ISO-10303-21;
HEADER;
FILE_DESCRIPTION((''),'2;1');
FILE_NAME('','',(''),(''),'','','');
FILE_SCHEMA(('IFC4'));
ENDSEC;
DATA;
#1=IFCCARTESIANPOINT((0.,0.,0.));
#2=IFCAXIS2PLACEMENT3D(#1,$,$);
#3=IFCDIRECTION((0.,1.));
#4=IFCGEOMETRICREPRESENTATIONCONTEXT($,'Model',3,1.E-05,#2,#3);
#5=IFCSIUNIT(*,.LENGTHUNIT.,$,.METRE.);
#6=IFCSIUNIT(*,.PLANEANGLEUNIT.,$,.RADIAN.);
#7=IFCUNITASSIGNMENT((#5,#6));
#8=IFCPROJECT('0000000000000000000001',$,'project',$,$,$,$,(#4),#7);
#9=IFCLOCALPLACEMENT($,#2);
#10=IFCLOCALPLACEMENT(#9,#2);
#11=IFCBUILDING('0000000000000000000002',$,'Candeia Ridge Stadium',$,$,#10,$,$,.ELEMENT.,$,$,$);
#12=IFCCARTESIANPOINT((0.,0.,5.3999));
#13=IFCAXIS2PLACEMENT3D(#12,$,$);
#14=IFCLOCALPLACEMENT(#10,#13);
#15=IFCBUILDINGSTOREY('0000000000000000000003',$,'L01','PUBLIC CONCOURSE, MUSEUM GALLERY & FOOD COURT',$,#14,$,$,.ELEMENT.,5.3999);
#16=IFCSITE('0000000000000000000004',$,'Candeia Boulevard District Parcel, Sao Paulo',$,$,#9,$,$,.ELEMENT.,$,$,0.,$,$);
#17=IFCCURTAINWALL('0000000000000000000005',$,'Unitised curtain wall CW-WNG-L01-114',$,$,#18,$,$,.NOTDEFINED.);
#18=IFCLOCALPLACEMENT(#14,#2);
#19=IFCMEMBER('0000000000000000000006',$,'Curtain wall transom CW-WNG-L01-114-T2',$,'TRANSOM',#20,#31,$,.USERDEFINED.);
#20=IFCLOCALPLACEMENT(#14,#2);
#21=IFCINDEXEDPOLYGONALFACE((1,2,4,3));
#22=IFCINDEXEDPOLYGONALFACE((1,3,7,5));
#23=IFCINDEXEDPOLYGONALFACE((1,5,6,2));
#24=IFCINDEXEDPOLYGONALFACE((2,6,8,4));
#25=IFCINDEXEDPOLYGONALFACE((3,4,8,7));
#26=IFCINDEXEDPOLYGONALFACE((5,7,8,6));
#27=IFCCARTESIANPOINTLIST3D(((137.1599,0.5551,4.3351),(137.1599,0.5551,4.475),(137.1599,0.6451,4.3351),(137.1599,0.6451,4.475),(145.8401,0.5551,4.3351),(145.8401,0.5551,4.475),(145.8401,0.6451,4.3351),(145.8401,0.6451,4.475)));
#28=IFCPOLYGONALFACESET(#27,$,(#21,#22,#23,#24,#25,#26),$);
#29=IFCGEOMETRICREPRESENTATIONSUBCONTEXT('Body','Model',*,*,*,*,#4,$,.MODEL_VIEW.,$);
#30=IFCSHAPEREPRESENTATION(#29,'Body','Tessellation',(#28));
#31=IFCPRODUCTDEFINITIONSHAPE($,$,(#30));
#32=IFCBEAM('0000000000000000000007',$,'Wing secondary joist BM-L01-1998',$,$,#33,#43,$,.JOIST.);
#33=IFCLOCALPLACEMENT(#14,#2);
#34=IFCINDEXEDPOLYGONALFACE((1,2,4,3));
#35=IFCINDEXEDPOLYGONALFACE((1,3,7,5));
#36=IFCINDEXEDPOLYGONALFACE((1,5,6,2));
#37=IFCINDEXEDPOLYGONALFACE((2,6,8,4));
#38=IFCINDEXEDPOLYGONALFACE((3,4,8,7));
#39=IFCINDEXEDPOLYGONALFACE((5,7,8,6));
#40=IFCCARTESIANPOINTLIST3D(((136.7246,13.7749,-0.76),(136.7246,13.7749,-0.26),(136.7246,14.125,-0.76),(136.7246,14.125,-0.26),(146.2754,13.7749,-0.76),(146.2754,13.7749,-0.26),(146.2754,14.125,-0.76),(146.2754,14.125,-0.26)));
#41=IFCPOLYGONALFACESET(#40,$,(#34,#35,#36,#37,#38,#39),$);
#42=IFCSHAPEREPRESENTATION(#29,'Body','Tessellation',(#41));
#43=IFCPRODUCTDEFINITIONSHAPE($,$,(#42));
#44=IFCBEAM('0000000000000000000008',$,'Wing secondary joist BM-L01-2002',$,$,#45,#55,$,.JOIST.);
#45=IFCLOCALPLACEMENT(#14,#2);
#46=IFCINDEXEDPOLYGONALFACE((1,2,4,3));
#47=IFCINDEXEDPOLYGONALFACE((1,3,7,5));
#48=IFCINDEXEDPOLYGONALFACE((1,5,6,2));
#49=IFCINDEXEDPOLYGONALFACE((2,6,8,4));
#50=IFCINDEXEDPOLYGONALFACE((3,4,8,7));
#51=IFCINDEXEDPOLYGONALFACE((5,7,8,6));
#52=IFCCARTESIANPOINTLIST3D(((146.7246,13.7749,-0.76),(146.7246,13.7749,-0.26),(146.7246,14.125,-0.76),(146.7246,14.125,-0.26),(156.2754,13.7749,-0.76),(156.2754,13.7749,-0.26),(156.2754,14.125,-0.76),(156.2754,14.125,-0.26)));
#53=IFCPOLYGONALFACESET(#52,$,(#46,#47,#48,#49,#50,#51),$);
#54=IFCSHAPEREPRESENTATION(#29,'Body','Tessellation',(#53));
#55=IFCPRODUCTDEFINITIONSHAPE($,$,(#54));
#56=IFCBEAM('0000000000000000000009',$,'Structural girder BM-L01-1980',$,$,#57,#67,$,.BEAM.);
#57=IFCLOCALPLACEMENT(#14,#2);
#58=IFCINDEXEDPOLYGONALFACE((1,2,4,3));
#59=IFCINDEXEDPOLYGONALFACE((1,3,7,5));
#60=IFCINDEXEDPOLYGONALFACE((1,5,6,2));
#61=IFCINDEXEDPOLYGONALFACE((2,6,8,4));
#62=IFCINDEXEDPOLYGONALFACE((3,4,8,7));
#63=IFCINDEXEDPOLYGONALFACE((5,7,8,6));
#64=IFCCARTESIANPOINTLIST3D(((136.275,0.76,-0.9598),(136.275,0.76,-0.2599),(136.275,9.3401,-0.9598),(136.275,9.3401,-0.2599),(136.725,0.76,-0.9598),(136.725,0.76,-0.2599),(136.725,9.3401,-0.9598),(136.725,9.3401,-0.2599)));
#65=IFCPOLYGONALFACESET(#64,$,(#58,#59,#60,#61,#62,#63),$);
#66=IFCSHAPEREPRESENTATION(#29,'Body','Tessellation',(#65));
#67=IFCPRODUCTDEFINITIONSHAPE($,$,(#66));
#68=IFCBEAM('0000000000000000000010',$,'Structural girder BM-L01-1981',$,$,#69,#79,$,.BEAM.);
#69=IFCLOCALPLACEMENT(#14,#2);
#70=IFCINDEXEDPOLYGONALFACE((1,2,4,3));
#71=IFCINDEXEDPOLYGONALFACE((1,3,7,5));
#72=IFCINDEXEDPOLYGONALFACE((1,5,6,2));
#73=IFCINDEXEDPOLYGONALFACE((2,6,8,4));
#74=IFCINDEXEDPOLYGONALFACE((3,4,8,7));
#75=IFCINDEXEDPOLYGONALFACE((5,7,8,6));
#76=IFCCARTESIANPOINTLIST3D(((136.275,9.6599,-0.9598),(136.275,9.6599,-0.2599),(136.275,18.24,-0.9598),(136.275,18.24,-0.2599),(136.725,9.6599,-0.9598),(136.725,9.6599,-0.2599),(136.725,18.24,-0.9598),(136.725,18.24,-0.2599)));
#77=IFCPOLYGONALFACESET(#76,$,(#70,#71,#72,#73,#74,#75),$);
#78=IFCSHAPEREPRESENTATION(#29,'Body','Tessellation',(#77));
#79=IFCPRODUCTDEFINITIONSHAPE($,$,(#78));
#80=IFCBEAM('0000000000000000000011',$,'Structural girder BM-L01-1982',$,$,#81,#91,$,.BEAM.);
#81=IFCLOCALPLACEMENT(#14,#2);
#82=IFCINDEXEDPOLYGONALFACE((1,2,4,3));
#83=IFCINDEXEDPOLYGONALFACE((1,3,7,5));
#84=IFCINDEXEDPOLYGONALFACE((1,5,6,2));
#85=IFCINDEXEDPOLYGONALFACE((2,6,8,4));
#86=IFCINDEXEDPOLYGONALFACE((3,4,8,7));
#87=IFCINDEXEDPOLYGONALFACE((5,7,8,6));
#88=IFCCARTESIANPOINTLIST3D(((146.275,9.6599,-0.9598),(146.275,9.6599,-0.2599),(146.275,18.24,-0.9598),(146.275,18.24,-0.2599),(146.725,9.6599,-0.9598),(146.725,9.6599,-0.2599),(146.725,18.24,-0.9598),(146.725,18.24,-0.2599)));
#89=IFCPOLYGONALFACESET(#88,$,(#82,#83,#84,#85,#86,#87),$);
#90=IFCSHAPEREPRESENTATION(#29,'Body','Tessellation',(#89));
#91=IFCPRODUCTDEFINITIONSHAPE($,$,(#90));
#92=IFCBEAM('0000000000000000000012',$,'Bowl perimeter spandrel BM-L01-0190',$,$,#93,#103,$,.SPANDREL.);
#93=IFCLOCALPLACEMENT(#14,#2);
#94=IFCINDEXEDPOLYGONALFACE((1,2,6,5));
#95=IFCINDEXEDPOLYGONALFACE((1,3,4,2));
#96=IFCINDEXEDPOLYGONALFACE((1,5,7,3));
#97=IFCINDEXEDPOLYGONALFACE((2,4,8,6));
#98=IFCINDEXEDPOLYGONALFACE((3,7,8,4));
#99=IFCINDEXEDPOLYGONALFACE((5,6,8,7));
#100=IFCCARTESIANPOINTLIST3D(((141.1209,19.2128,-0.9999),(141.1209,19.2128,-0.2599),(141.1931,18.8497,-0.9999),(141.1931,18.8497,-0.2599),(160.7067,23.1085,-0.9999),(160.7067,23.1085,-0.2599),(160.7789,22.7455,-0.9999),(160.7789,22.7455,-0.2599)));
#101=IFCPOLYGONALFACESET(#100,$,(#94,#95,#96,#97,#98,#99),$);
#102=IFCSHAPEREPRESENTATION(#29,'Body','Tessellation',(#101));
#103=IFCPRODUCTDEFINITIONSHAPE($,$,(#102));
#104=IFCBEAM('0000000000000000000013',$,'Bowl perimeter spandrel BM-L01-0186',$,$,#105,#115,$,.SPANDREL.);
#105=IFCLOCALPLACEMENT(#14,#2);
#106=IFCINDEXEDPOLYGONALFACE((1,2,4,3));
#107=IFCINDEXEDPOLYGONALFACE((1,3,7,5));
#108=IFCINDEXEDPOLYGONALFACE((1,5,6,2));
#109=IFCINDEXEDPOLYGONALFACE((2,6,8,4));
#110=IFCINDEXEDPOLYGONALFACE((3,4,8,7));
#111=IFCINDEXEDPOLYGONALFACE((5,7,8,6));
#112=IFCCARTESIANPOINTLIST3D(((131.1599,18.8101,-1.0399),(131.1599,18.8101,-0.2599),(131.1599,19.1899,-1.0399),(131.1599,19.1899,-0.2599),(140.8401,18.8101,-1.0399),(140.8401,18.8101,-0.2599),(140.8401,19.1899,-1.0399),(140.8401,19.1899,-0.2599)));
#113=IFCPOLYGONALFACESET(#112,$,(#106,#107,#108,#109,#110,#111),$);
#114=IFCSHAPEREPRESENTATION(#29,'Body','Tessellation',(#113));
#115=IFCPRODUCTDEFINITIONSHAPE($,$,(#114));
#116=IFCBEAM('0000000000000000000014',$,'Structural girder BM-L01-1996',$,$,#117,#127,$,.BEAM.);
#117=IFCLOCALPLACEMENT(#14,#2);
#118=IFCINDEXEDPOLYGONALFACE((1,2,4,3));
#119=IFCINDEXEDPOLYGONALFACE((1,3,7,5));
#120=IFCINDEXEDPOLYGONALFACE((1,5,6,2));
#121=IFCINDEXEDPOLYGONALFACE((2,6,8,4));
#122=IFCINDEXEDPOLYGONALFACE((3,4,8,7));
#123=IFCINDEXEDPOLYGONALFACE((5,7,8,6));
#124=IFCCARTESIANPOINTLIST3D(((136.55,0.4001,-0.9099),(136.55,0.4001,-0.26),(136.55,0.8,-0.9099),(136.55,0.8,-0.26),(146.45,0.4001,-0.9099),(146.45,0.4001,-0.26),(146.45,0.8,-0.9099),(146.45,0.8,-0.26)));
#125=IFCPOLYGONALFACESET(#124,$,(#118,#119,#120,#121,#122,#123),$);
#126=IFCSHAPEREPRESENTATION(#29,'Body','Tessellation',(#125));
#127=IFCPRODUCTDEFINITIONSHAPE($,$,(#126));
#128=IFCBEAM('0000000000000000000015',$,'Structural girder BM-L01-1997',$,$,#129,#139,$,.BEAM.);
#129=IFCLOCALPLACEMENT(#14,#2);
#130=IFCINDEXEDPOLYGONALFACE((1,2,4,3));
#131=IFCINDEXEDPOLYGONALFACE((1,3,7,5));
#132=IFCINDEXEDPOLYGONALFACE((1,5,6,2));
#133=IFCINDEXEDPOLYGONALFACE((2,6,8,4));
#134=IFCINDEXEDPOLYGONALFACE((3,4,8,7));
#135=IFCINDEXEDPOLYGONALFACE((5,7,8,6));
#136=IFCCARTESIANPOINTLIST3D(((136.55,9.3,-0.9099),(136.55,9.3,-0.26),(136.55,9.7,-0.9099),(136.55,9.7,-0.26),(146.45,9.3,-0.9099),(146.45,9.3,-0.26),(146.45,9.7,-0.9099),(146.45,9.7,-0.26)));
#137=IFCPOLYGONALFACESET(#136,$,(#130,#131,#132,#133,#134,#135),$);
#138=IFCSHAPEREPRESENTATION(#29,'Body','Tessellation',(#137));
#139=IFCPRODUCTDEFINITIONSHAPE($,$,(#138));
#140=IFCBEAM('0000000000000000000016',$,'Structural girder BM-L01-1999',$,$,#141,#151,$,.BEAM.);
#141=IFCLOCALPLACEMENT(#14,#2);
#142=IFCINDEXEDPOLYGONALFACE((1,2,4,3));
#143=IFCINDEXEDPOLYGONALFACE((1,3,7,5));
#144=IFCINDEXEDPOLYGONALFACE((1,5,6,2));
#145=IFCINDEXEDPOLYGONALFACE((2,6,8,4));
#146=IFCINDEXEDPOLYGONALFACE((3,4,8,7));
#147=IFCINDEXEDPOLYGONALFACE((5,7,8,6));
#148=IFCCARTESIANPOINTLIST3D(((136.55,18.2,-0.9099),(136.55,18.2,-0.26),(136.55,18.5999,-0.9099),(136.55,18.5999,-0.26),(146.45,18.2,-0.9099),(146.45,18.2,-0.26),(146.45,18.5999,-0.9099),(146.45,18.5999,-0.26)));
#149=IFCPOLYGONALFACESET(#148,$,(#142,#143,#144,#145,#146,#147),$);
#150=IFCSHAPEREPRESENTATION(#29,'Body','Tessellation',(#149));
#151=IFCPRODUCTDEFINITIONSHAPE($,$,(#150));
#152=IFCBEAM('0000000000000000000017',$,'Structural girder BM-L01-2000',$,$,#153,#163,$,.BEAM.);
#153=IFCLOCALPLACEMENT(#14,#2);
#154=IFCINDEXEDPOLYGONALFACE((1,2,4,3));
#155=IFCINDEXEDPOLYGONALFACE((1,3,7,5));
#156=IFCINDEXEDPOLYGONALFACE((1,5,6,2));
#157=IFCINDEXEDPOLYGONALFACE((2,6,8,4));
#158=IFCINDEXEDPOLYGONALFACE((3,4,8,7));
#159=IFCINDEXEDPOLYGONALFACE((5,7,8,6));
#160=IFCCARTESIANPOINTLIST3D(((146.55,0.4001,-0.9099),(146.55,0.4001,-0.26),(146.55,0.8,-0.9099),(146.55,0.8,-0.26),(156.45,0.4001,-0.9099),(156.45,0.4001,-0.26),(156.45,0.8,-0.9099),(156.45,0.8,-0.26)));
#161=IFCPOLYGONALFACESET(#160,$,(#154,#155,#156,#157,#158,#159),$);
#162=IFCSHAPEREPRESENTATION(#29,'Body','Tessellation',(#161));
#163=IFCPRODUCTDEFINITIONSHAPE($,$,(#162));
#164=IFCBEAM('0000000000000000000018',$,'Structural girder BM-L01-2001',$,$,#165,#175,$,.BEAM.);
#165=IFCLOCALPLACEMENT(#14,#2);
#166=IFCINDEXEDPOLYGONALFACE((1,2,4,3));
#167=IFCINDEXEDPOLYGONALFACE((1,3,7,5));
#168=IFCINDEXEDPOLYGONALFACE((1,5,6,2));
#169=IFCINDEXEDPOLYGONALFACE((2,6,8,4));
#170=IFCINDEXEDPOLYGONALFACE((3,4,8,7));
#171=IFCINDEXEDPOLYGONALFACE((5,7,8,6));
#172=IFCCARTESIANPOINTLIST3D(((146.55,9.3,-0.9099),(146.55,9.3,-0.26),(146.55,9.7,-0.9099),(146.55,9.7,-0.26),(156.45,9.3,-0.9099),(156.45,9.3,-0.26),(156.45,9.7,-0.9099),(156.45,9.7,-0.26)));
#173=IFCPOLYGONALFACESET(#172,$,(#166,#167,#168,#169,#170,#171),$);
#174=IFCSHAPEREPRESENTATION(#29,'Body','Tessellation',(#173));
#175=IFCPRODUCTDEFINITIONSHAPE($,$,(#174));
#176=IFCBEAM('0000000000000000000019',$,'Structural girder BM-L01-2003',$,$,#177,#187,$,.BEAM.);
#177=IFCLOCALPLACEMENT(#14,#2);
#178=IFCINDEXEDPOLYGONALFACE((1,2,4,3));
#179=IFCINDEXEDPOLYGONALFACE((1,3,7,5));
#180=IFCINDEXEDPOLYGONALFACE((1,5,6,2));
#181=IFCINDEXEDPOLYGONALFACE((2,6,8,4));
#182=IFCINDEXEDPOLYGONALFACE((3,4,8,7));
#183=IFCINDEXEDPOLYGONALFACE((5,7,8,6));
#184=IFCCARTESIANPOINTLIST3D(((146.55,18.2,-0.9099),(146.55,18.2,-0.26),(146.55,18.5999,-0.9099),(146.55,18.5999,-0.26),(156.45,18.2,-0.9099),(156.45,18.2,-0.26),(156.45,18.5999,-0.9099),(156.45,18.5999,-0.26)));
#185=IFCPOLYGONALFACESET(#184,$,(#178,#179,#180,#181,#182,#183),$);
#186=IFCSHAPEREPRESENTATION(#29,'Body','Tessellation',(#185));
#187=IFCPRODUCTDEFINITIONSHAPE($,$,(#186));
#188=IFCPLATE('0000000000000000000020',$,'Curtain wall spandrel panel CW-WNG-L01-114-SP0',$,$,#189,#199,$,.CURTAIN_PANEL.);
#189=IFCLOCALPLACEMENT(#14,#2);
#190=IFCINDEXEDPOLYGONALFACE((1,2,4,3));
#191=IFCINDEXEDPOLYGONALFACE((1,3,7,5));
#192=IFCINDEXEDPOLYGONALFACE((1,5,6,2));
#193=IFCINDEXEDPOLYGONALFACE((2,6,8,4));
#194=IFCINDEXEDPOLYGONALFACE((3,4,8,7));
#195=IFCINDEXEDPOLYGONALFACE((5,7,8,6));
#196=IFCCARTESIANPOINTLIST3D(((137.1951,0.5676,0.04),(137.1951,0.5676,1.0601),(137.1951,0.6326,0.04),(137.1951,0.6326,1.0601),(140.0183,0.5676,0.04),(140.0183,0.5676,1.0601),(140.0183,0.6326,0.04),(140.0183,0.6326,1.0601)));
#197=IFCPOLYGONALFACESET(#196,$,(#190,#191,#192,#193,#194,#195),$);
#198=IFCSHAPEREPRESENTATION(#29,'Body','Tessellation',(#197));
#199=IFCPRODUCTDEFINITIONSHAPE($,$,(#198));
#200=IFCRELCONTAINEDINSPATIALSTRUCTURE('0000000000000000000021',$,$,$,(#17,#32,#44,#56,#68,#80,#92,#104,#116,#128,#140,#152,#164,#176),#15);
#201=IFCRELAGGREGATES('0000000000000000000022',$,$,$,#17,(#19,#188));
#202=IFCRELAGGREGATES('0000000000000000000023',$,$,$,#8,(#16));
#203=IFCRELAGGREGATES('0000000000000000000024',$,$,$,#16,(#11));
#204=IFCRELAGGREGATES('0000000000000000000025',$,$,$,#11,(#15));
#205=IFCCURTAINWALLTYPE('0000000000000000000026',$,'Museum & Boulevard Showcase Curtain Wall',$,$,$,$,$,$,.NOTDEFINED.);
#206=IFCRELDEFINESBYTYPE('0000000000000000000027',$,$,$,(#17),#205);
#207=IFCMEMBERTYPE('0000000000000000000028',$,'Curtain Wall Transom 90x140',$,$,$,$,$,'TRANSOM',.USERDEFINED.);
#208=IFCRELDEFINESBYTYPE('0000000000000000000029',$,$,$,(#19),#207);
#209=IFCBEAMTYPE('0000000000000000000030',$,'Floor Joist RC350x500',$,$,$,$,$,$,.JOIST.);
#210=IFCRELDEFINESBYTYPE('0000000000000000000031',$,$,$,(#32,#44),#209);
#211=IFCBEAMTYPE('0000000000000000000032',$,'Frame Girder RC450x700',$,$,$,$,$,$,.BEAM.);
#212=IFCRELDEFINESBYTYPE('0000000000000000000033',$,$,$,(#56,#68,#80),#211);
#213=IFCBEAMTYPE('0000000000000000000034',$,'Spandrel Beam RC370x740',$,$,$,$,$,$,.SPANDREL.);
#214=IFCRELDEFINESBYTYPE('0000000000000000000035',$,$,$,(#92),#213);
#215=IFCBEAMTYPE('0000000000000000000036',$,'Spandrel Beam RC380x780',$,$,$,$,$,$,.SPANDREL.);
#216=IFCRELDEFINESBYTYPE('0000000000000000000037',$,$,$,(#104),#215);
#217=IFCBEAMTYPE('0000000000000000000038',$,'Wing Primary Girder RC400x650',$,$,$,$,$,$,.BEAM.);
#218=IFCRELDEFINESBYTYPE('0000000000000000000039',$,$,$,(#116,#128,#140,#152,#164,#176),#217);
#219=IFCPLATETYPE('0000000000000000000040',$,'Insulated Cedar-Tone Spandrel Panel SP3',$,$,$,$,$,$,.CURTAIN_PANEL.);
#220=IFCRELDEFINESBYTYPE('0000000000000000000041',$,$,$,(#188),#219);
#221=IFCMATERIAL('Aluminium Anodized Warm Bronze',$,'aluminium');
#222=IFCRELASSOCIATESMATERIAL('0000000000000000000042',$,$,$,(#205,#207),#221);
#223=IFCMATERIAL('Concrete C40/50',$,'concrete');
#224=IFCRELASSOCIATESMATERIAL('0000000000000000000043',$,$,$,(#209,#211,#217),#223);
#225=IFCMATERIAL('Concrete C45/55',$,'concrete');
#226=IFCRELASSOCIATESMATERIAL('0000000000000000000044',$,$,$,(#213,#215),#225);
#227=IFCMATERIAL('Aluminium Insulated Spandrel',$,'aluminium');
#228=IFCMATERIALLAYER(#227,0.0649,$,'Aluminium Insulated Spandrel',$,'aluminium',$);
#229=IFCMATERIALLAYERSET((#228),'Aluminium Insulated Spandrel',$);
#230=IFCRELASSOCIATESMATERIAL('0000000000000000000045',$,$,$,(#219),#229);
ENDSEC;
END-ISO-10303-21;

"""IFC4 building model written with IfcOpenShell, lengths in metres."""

from ifc_helpers import new_model, si_unit, direction, frame, origin, origin_2d, place, context, subcontext, project, spatial, rectangle, extrude, material, layer, layer_set, material_profile, profile_set, type_object, element, aggregate, save


model = new_model("IFC4")

# Units and contexts
model_context = context("Model", 3, precision=1e-05, world=origin(), true_north=direction((0.0, 1.0)))
body_context = subcontext(model_context, "Body", "Model", "MODEL_VIEW")
ifc_project = project(units=[si_unit("LENGTHUNIT", "METRE"), si_unit("PLANEANGLEUNIT", "RADIAN")], contexts=[model_context])

# Site, building, storey
site_placement = place(None, origin())
site = spatial("IfcSite", under=ifc_project, at=site_placement, Name="Candeia Boulevard District Parcel, Sao Paulo", CompositionType="ELEMENT", RefElevation=0.0)
building_placement = place(site_placement, origin())
building = spatial("IfcBuilding", under=site, at=building_placement, Name="Candeia Ridge Stadium", CompositionType="ELEMENT")
storey_placement = place(building_placement, frame((0.0, 0.0, 5.3999)))
storey = spatial("IfcBuildingStorey", under=building, at=storey_placement, Name="L01", Description="PUBLIC CONCOURSE, MUSEUM GALLERY & FOOD COURT", CompositionType="ELEMENT", Elevation=5.3999)

# Shared definitions
ifc_material_1 = material(Name="Concrete C40/50", Category="concrete")
ifc_material_2 = material(Name="Concrete C45/55", Category="concrete")

# Curtain wall
ifc_material_3 = material(Name="Aluminium Anodized Warm Bronze", Category="aluminium")
curtain_wall_type = type_object("IfcCurtainWallType", Name="Museum & Boulevard Showcase Curtain Wall", PredefinedType="NOTDEFINED", material=ifc_material_3)
curtain_wall_1_placement = place(storey_placement, origin())
curtain_wall_1 = element("IfcCurtainWall", 1, at=curtain_wall_1_placement, inside=storey, type_object=curtain_wall_type, Name="Unitised curtain wall CW-WNG-L01-114", PredefinedType="NOTDEFINED")

# Member
ifc_material_profile_1 = material_profile(ifc_material_3, rectangle(XDim=0.0901, YDim=0.1399, at=origin_2d()), Name="CWT-90x140", Category="aluminium")
ifc_profile_set_1 = profile_set([ifc_material_profile_1], Name="Aluminium Anodized Warm Bronze")
member_type_1 = type_object("IfcMemberType", Name="Curtain Wall Transom 90x140", ElementType="TRANSOM", PredefinedType="USERDEFINED", material=ifc_profile_set_1)
member_1_placement = place(storey_placement, frame((137.1599, 0.6001, 4.405), z_axis=(1.0, 0.0, 0.0), x_axis=(0.0, 1.0, 0.0)))
member_1 = element("IfcMember", 2, at=member_1_placement, type_object=member_type_1, Name="Curtain wall transom CW-WNG-L01-114-T2", ObjectType="TRANSOM", PredefinedType="USERDEFINED", context=body_context, shape_type="SweptSolid", body=[
    extrude(rectangle(XDim=0.0901, YDim=0.1399, at=origin_2d()), origin(), (0.0, 0.0, 1.0), 8.6802),
])

# Beams
ifc_material_profile_2 = material_profile(ifc_material_1, rectangle(XDim=0.3501, YDim=0.5, at=origin_2d()), Name="RC350x500", Category="concrete")
ifc_profile_set_2 = profile_set([ifc_material_profile_2], Name="Concrete C40/50")
beam_type_1 = type_object("IfcBeamType", Name="Floor Joist RC350x500", PredefinedType="JOIST", material=ifc_profile_set_2)
for number, where, z_axis, x_axis, name in (
    (3, (136.7246, 13.95, -0.51), (1.0, 0.0, 0.0), (0.0, 1.0, 0.0), "Wing secondary joist BM-L01-1998"),
    (4, (146.7246, 13.95, -0.51), (1.0, 0.0, 0.0), (0.0, 1.0, 0.0), "Wing secondary joist BM-L01-2002"),
):
    element("IfcBeam", number, at=place(storey_placement, frame(where, z_axis=z_axis, x_axis=x_axis)), inside=storey, type_object=beam_type_1, Name=name, PredefinedType="JOIST", context=body_context, shape_type="SweptSolid", body=[
        extrude(rectangle(XDim=0.3501, YDim=0.5, at=origin_2d()), origin(), (0.0, 0.0, 1.0), 9.5508),
    ])
ifc_material_profile_3 = material_profile(ifc_material_1, rectangle(XDim=0.45, YDim=0.7, at=origin_2d()), Name="RC450x700", Category="concrete")
ifc_profile_set_3 = profile_set([ifc_material_profile_3], Name="Concrete C40/50")
beam_type_2 = type_object("IfcBeamType", Name="Frame Girder RC450x700", PredefinedType="BEAM", material=ifc_profile_set_3)
for number, where, z_axis, x_axis, name in (
    (5, (136.5, 0.76, -0.6099), (0.0, 1.0, 0.0), (-1.0, 0.0, 0.0), "Structural girder BM-L01-1980"),
    (6, (136.5, 9.6599, -0.6099), (0.0, 1.0, 0.0), (-1.0, 0.0, 0.0), "Structural girder BM-L01-1981"),
    (7, (146.5, 9.6599, -0.6099), (0.0, 1.0, 0.0), (-1.0, 0.0, 0.0), "Structural girder BM-L01-1982"),
):
    element("IfcBeam", number, at=place(storey_placement, frame(where, z_axis=z_axis, x_axis=x_axis)), inside=storey, type_object=beam_type_2, Name=name, PredefinedType="BEAM", context=body_context, shape_type="SweptSolid", body=[
        extrude(rectangle(XDim=0.45, YDim=0.7, at=origin_2d()), origin(), (0.0, 0.0, 1.0), 8.5801),
    ])
ifc_material_profile_4 = material_profile(ifc_material_2, rectangle(XDim=0.3701, YDim=0.74, at=origin_2d()), Name="RC370x740", Category="concrete")
ifc_profile_set_4 = profile_set([ifc_material_profile_4], Name="Concrete C45/55")
beam_type_3 = type_object("IfcBeamType", Name="Spandrel Beam RC370x740", PredefinedType="SPANDREL", material=ifc_profile_set_4)
beam_1_placement = place(storey_placement, frame((141.157, 19.0312, -0.6299), z_axis=(0.980786, 0.195086, 0.0), x_axis=(-0.195086, 0.980786, 0.0)))
element("IfcBeam", 8, at=beam_1_placement, inside=storey, type_object=beam_type_3, Name="Bowl perimeter spandrel BM-L01-0190", PredefinedType="SPANDREL", context=body_context, shape_type="SweptSolid", body=[
    extrude(rectangle(XDim=0.3701, YDim=0.74, at=origin_2d()), origin(), (0.0, 0.0, 1.0), 19.9695),
])
ifc_material_profile_5 = material_profile(ifc_material_2, rectangle(XDim=0.3799, YDim=0.78, at=origin_2d()), Name="RC380x780", Category="concrete")
ifc_profile_set_5 = profile_set([ifc_material_profile_5], Name="Concrete C45/55")
beam_type_4 = type_object("IfcBeamType", Name="Spandrel Beam RC380x780", PredefinedType="SPANDREL", material=ifc_profile_set_5)
beam_2_placement = place(storey_placement, frame((131.1599, 19.0, -0.6499), z_axis=(1.0, 0.0, 0.0), x_axis=(0.0, 1.0, 0.0)))
element("IfcBeam", 9, at=beam_2_placement, inside=storey, type_object=beam_type_4, Name="Bowl perimeter spandrel BM-L01-0186", PredefinedType="SPANDREL", context=body_context, shape_type="SweptSolid", body=[
    extrude(rectangle(XDim=0.3799, YDim=0.78, at=origin_2d()), origin(), (0.0, 0.0, 1.0), 9.6802),
])
ifc_material_profile_6 = material_profile(ifc_material_1, rectangle(XDim=0.3999, YDim=0.6499, at=origin_2d()), Name="RC400x650", Category="concrete")
ifc_profile_set_6 = profile_set([ifc_material_profile_6], Name="Concrete C40/50")
beam_type_5 = type_object("IfcBeamType", Name="Wing Primary Girder RC400x650", PredefinedType="BEAM", material=ifc_profile_set_6)
for number, where, z_axis, x_axis, name in (
    (10, (136.55, 0.6001, -0.585), (1.0, 0.0, 0.0), (0.0, 1.0, 0.0), "Structural girder BM-L01-1996"),
    (11, (136.55, 9.5, -0.585), (1.0, 0.0, 0.0), (0.0, 1.0, 0.0), "Structural girder BM-L01-1997"),
    (12, (136.55, 18.3999, -0.585), (1.0, 0.0, 0.0), (0.0, 1.0, 0.0), "Structural girder BM-L01-1999"),
    (13, (146.55, 0.6001, -0.585), (1.0, 0.0, 0.0), (0.0, 1.0, 0.0), "Structural girder BM-L01-2000"),
    (14, (146.55, 9.5, -0.585), (1.0, 0.0, 0.0), (0.0, 1.0, 0.0), "Structural girder BM-L01-2001"),
    (15, (146.55, 18.3999, -0.585), (1.0, 0.0, 0.0), (0.0, 1.0, 0.0), "Structural girder BM-L01-2003"),
):
    element("IfcBeam", number, at=place(storey_placement, frame(where, z_axis=z_axis, x_axis=x_axis)), inside=storey, type_object=beam_type_5, Name=name, PredefinedType="BEAM", context=body_context, shape_type="SweptSolid", body=[
        extrude(rectangle(XDim=0.3999, YDim=0.6499, at=origin_2d()), origin(), (0.0, 0.0, 1.0), 9.8999),
    ])

# Plate
ifc_material_4 = material(Name="Aluminium Insulated Spandrel", Category="aluminium")
ifc_layer_1 = layer(ifc_material_4, 0.0649, Name="Aluminium Insulated Spandrel", Category="aluminium")
ifc_layer_set_1 = layer_set([ifc_layer_1], Name="Aluminium Insulated Spandrel")
plate_type_1 = type_object("IfcPlateType", Name="Insulated Cedar-Tone Spandrel Panel SP3", PredefinedType="CURTAIN_PANEL", material=ifc_layer_set_1)
plate_1_placement = place(storey_placement, frame((138.6067, 0.6001, 0.04), z_axis=(0.0, 0.0, 1.0), x_axis=(1.0, 0.0, 0.0)))
plate_1 = element("IfcPlate", 16, at=plate_1_placement, type_object=plate_type_1, Name="Curtain wall spandrel panel CW-WNG-L01-114-SP0", PredefinedType="CURTAIN_PANEL", context=body_context, shape_type="SweptSolid", body=[
    extrude(rectangle(XDim=2.8232, YDim=0.0649, at=origin_2d()), origin(), (0.0, 0.0, 1.0), 1.02),
])
aggregate(curtain_wall_1, [member_1, plate_1])

save(model, "model.ifc")
